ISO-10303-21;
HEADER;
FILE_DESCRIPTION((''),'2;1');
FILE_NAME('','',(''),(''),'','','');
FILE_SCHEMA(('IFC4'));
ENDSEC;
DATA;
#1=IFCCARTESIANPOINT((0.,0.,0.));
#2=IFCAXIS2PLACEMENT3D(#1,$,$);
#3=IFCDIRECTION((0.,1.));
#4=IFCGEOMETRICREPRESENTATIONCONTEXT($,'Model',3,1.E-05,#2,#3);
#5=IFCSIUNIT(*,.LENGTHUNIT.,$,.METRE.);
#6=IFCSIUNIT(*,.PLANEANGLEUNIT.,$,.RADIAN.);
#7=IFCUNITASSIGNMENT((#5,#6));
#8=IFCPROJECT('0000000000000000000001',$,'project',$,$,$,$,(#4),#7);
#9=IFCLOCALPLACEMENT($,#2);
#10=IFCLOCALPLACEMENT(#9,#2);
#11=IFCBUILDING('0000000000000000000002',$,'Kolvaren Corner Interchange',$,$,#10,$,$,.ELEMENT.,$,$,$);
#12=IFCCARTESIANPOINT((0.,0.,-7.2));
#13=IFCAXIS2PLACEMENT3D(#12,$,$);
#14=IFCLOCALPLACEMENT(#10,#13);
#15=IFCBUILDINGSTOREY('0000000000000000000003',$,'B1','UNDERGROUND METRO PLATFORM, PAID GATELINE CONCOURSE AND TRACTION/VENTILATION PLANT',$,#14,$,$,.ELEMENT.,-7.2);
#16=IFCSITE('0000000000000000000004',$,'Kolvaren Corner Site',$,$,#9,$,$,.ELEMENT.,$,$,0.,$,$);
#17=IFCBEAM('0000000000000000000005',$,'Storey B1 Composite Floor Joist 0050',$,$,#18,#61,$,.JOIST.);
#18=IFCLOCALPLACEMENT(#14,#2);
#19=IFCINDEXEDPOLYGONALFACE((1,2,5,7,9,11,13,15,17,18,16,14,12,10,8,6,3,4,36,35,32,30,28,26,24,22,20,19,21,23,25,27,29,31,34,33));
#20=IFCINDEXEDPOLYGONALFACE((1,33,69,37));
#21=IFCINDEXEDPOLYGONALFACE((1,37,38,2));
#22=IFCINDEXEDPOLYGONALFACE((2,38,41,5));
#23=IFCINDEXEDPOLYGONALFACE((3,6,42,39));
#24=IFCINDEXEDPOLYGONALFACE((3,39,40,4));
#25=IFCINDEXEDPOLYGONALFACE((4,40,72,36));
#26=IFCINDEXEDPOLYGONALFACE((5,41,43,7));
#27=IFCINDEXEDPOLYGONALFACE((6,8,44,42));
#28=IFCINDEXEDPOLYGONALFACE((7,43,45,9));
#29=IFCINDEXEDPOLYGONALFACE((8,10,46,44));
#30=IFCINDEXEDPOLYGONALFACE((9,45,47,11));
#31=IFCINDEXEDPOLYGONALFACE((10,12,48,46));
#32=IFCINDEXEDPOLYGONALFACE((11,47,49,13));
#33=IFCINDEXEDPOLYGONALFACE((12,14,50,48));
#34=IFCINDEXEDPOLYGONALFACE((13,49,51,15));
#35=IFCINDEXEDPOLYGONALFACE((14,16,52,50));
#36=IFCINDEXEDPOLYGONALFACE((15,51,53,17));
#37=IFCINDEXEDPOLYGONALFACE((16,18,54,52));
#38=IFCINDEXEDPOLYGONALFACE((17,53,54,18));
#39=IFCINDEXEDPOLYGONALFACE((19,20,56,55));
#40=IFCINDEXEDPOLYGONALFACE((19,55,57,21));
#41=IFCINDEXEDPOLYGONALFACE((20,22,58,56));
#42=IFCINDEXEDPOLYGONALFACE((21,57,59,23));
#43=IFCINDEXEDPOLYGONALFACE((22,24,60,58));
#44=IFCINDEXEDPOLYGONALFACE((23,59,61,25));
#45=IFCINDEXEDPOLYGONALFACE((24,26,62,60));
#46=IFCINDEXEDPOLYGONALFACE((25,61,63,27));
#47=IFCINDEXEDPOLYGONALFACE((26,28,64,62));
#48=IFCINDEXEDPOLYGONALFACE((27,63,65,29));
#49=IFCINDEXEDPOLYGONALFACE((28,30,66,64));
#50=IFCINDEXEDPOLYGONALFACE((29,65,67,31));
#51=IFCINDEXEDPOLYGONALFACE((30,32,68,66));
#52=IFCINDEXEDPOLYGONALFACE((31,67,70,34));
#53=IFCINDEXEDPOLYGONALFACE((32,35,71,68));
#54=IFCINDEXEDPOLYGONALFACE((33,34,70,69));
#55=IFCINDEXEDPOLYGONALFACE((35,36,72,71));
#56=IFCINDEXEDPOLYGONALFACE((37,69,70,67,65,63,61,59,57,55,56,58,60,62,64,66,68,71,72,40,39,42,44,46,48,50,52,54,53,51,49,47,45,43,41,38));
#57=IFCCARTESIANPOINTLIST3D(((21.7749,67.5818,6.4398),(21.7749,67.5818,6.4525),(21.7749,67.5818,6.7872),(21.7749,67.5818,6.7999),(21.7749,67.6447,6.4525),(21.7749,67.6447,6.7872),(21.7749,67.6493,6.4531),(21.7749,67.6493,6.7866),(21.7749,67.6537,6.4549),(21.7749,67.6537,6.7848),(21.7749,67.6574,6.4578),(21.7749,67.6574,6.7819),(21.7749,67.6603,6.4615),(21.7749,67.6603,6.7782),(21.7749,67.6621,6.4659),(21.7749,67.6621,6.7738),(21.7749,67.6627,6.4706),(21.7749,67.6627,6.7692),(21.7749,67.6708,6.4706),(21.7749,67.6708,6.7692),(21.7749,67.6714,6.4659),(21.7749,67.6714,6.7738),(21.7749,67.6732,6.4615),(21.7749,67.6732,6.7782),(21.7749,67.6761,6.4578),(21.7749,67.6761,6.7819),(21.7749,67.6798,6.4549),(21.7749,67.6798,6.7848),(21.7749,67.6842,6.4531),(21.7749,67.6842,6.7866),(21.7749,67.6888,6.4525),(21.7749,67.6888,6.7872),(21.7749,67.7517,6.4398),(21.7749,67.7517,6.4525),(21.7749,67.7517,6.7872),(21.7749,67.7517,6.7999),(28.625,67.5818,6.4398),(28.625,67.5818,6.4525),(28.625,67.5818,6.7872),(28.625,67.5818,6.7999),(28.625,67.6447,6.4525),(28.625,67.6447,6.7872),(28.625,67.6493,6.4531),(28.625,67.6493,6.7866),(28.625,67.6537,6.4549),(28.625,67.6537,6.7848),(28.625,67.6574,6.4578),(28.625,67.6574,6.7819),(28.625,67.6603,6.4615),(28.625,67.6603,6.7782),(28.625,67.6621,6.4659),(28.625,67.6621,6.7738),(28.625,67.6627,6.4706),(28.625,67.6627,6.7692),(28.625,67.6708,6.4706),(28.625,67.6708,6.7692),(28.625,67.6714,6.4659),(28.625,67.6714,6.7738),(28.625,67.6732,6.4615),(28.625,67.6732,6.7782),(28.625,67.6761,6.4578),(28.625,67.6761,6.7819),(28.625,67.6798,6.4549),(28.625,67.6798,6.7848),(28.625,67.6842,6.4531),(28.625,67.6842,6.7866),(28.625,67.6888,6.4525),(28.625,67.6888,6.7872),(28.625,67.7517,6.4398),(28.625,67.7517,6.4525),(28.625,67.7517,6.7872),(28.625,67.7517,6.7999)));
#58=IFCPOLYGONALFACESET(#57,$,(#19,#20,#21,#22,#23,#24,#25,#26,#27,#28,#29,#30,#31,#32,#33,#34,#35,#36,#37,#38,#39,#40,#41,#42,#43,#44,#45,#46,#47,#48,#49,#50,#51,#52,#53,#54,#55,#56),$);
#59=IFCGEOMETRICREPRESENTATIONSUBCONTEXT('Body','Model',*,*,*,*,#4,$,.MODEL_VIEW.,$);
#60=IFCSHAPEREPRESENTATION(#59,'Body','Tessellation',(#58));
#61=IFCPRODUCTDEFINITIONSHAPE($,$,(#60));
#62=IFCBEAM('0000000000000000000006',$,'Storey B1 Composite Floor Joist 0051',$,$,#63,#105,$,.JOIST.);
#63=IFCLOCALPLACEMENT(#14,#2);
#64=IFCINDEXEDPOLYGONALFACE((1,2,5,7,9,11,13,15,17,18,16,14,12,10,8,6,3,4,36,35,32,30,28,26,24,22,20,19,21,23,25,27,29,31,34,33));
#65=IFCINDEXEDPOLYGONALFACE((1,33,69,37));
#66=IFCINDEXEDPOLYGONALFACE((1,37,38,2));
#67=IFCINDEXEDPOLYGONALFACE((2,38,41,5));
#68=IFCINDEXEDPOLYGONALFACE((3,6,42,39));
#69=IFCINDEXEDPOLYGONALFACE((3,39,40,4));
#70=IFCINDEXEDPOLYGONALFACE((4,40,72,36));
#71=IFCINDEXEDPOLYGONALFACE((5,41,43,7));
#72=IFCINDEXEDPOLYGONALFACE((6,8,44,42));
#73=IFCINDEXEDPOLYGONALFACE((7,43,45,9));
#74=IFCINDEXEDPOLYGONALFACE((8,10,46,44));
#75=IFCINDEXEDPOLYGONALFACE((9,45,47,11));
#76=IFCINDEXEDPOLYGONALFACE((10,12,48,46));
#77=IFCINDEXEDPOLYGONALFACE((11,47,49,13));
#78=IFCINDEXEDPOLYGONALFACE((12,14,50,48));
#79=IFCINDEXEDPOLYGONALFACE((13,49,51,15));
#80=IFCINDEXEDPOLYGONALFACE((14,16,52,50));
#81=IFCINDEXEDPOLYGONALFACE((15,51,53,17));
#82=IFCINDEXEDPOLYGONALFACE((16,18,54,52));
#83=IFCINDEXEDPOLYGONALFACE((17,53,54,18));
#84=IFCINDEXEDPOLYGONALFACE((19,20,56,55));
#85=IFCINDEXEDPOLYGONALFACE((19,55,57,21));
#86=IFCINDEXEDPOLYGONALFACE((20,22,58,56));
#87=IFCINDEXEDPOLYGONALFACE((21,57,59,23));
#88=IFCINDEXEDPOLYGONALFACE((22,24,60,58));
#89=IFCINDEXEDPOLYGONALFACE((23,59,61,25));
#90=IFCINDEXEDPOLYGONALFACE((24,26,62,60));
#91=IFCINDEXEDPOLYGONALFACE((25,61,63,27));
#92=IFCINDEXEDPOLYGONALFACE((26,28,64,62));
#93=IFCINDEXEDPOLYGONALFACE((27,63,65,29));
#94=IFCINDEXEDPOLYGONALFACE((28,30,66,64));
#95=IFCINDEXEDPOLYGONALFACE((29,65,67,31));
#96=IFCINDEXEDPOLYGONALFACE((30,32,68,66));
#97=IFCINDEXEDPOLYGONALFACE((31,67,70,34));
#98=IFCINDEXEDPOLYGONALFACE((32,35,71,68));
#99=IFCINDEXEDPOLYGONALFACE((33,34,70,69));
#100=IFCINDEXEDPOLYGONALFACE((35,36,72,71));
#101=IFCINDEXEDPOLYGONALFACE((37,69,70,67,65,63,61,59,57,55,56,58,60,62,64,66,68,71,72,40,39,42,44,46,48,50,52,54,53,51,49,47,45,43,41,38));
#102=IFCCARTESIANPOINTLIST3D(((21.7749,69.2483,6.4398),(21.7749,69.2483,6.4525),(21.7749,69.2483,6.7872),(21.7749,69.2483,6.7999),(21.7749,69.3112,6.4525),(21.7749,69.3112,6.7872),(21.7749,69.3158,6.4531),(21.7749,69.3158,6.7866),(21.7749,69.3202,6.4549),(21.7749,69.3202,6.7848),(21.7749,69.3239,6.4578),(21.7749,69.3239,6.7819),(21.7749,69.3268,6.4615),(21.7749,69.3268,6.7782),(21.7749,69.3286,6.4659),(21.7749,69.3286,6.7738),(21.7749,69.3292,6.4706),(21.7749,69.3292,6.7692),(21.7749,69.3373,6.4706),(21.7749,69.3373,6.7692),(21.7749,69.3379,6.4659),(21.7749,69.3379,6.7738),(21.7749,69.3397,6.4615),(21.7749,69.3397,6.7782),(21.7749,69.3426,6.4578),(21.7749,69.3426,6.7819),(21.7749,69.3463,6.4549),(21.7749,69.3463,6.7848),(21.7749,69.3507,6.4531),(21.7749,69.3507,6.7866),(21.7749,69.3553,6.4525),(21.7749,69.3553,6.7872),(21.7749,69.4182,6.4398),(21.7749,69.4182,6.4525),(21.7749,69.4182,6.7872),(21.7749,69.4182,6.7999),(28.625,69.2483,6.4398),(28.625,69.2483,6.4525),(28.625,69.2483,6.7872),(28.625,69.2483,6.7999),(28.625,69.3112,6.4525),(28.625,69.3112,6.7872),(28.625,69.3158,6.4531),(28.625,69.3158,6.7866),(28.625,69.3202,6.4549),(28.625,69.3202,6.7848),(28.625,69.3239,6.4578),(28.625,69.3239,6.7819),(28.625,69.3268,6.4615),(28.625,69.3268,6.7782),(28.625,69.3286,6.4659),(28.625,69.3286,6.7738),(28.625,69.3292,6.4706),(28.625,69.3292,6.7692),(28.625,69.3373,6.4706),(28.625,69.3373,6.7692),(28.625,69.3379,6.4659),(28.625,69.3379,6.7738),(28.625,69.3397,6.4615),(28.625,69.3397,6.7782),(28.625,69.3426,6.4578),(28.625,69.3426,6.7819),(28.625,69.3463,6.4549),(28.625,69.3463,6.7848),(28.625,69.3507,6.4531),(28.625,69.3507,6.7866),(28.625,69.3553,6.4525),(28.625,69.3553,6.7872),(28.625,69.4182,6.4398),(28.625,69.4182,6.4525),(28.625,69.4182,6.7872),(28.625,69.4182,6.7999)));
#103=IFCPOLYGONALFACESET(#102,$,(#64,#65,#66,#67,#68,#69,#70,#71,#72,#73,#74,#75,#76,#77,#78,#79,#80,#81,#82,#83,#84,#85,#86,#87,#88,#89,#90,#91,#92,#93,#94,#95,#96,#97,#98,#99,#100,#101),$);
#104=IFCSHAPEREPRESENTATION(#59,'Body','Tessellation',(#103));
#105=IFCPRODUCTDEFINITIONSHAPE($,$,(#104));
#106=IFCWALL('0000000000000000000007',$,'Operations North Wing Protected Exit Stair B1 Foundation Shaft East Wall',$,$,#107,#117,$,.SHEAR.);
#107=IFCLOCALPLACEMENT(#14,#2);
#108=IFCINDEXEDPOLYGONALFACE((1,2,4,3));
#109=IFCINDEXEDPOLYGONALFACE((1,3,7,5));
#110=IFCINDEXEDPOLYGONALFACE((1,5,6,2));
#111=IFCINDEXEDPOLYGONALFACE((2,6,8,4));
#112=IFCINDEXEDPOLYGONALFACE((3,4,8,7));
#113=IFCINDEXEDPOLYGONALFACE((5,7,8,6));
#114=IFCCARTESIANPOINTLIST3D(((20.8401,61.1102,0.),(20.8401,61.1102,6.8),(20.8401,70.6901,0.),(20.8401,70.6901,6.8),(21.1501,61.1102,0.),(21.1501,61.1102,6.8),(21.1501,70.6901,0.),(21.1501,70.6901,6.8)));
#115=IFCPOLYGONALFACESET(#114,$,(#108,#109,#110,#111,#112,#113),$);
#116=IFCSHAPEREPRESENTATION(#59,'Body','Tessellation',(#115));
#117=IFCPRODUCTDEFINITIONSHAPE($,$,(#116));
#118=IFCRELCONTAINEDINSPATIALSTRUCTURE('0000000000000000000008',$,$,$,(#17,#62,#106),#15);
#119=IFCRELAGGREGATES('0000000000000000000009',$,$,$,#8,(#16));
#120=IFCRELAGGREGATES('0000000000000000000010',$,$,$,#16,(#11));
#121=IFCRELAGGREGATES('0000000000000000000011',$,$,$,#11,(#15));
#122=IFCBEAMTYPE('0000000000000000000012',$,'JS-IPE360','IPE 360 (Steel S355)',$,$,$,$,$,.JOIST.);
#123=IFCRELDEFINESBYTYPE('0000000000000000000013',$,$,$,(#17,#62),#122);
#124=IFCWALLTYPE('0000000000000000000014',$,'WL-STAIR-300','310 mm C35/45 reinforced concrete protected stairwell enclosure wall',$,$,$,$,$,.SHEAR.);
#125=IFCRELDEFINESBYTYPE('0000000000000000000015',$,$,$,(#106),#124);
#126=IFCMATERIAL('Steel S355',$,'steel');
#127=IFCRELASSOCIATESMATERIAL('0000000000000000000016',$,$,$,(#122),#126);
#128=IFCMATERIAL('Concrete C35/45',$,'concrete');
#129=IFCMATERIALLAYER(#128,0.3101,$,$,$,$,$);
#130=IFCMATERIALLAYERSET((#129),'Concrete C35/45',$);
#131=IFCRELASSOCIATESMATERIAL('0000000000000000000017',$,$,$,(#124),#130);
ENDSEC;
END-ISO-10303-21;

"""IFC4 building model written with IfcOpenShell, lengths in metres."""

from ifc_helpers import new_model, si_unit, direction, frame, frame_2d, origin, origin_2d, place, context, subcontext, project, spatial, rectangle, i_section, extrude, material, layer, layer_set, material_profile, profile_set, type_object, element, save


model = new_model("IFC4")

# Units and contexts
model_context = context("Model", 3, precision=1e-05, world=origin(), true_north=direction((0.0, 1.0)))
body_context = subcontext(model_context, "Body", "Model", "MODEL_VIEW")
ifc_project = project(units=[si_unit("LENGTHUNIT", "METRE"), si_unit("PLANEANGLEUNIT", "RADIAN")], contexts=[model_context])

# Site, building, storey
site_placement = place(None, origin())
site = spatial("IfcSite", under=ifc_project, at=site_placement, Name="Kolvaren Corner Site", CompositionType="ELEMENT", RefElevation=0.0)
building_placement = place(site_placement, origin())
building = spatial("IfcBuilding", under=site, at=building_placement, Name="Kolvaren Corner Interchange", CompositionType="ELEMENT")
storey_placement = place(building_placement, frame((0.0, 0.0, -7.2)))
storey = spatial("IfcBuildingStorey", under=building, at=storey_placement, Name="B1", Description="UNDERGROUND METRO PLATFORM, PAID GATELINE CONCOURSE AND TRACTION/VENTILATION PLANT", CompositionType="ELEMENT", Elevation=-7.2)

# Beams
ifc_material_1 = material(Name="Steel S355", Category="steel")
ifc_material_profile_1 = material_profile(ifc_material_1, i_section(OverallWidth=0.1699, OverallDepth=0.3601, WebThickness=0.0081, FlangeThickness=0.0127, FilletRadius=0.0181, at=origin_2d()), Name="IPE 360")
ifc_profile_set_1 = profile_set([ifc_material_profile_1], Name="Steel S355")
beam_type_1 = type_object("IfcBeamType", Name="JS-IPE360", Description="IPE 360 (Steel S355)", PredefinedType="JOIST", material=ifc_profile_set_1)
for number, where, z_axis, x_axis, name in (
    (1, (21.7749, 67.6667, 6.6199), (1.0, 0.0, 0.0), (0.0, 1.0, 0.0), "Storey B1 Composite Floor Joist 0050"),
    (2, (21.7749, 69.3333, 6.6199), (1.0, 0.0, 0.0), (0.0, 1.0, 0.0), "Storey B1 Composite Floor Joist 0051"),
):
    element("IfcBeam", number, at=place(storey_placement, frame(where, z_axis=z_axis, x_axis=x_axis)), inside=storey, type_object=beam_type_1, Name=name, PredefinedType="JOIST", context=body_context, shape_type="SweptSolid", body=[
        extrude(i_section(OverallWidth=0.1699, OverallDepth=0.3601, WebThickness=0.0081, FlangeThickness=0.0127, FilletRadius=0.0181, at=origin_2d()), origin(), (0.0, 0.0, 1.0), 6.8501),
    ])

# Wall
ifc_material_2 = material(Name="Concrete C35/45", Category="concrete")
ifc_layer = layer(ifc_material_2, 0.3101)
ifc_layer_set = layer_set([ifc_layer], Name="Concrete C35/45")
wall_type = type_object("IfcWallType", Name="WL-STAIR-300", Description="310 mm C35/45 reinforced concrete protected stairwell enclosure wall", PredefinedType="SHEAR", material=ifc_layer_set)
wall_placement = place(storey_placement, frame((20.9951, 61.1101, 0.0), z_axis=(0.0, 0.0, 1.0), x_axis=(0.0, 1.0, 0.0)))
element("IfcWall", 3, at=wall_placement, inside=storey, type_object=wall_type, Name="Operations North Wing Protected Exit Stair B1 Foundation Shaft East Wall", PredefinedType="SHEAR", context=body_context, shape_type="SweptSolid", body=[
    extrude(rectangle(XDim=9.5798, YDim=0.3101, at=frame_2d((4.79, 0.0))), origin(), (0.0, 0.0, 1.0), 6.8),
])

save(model, "model.ifc")
